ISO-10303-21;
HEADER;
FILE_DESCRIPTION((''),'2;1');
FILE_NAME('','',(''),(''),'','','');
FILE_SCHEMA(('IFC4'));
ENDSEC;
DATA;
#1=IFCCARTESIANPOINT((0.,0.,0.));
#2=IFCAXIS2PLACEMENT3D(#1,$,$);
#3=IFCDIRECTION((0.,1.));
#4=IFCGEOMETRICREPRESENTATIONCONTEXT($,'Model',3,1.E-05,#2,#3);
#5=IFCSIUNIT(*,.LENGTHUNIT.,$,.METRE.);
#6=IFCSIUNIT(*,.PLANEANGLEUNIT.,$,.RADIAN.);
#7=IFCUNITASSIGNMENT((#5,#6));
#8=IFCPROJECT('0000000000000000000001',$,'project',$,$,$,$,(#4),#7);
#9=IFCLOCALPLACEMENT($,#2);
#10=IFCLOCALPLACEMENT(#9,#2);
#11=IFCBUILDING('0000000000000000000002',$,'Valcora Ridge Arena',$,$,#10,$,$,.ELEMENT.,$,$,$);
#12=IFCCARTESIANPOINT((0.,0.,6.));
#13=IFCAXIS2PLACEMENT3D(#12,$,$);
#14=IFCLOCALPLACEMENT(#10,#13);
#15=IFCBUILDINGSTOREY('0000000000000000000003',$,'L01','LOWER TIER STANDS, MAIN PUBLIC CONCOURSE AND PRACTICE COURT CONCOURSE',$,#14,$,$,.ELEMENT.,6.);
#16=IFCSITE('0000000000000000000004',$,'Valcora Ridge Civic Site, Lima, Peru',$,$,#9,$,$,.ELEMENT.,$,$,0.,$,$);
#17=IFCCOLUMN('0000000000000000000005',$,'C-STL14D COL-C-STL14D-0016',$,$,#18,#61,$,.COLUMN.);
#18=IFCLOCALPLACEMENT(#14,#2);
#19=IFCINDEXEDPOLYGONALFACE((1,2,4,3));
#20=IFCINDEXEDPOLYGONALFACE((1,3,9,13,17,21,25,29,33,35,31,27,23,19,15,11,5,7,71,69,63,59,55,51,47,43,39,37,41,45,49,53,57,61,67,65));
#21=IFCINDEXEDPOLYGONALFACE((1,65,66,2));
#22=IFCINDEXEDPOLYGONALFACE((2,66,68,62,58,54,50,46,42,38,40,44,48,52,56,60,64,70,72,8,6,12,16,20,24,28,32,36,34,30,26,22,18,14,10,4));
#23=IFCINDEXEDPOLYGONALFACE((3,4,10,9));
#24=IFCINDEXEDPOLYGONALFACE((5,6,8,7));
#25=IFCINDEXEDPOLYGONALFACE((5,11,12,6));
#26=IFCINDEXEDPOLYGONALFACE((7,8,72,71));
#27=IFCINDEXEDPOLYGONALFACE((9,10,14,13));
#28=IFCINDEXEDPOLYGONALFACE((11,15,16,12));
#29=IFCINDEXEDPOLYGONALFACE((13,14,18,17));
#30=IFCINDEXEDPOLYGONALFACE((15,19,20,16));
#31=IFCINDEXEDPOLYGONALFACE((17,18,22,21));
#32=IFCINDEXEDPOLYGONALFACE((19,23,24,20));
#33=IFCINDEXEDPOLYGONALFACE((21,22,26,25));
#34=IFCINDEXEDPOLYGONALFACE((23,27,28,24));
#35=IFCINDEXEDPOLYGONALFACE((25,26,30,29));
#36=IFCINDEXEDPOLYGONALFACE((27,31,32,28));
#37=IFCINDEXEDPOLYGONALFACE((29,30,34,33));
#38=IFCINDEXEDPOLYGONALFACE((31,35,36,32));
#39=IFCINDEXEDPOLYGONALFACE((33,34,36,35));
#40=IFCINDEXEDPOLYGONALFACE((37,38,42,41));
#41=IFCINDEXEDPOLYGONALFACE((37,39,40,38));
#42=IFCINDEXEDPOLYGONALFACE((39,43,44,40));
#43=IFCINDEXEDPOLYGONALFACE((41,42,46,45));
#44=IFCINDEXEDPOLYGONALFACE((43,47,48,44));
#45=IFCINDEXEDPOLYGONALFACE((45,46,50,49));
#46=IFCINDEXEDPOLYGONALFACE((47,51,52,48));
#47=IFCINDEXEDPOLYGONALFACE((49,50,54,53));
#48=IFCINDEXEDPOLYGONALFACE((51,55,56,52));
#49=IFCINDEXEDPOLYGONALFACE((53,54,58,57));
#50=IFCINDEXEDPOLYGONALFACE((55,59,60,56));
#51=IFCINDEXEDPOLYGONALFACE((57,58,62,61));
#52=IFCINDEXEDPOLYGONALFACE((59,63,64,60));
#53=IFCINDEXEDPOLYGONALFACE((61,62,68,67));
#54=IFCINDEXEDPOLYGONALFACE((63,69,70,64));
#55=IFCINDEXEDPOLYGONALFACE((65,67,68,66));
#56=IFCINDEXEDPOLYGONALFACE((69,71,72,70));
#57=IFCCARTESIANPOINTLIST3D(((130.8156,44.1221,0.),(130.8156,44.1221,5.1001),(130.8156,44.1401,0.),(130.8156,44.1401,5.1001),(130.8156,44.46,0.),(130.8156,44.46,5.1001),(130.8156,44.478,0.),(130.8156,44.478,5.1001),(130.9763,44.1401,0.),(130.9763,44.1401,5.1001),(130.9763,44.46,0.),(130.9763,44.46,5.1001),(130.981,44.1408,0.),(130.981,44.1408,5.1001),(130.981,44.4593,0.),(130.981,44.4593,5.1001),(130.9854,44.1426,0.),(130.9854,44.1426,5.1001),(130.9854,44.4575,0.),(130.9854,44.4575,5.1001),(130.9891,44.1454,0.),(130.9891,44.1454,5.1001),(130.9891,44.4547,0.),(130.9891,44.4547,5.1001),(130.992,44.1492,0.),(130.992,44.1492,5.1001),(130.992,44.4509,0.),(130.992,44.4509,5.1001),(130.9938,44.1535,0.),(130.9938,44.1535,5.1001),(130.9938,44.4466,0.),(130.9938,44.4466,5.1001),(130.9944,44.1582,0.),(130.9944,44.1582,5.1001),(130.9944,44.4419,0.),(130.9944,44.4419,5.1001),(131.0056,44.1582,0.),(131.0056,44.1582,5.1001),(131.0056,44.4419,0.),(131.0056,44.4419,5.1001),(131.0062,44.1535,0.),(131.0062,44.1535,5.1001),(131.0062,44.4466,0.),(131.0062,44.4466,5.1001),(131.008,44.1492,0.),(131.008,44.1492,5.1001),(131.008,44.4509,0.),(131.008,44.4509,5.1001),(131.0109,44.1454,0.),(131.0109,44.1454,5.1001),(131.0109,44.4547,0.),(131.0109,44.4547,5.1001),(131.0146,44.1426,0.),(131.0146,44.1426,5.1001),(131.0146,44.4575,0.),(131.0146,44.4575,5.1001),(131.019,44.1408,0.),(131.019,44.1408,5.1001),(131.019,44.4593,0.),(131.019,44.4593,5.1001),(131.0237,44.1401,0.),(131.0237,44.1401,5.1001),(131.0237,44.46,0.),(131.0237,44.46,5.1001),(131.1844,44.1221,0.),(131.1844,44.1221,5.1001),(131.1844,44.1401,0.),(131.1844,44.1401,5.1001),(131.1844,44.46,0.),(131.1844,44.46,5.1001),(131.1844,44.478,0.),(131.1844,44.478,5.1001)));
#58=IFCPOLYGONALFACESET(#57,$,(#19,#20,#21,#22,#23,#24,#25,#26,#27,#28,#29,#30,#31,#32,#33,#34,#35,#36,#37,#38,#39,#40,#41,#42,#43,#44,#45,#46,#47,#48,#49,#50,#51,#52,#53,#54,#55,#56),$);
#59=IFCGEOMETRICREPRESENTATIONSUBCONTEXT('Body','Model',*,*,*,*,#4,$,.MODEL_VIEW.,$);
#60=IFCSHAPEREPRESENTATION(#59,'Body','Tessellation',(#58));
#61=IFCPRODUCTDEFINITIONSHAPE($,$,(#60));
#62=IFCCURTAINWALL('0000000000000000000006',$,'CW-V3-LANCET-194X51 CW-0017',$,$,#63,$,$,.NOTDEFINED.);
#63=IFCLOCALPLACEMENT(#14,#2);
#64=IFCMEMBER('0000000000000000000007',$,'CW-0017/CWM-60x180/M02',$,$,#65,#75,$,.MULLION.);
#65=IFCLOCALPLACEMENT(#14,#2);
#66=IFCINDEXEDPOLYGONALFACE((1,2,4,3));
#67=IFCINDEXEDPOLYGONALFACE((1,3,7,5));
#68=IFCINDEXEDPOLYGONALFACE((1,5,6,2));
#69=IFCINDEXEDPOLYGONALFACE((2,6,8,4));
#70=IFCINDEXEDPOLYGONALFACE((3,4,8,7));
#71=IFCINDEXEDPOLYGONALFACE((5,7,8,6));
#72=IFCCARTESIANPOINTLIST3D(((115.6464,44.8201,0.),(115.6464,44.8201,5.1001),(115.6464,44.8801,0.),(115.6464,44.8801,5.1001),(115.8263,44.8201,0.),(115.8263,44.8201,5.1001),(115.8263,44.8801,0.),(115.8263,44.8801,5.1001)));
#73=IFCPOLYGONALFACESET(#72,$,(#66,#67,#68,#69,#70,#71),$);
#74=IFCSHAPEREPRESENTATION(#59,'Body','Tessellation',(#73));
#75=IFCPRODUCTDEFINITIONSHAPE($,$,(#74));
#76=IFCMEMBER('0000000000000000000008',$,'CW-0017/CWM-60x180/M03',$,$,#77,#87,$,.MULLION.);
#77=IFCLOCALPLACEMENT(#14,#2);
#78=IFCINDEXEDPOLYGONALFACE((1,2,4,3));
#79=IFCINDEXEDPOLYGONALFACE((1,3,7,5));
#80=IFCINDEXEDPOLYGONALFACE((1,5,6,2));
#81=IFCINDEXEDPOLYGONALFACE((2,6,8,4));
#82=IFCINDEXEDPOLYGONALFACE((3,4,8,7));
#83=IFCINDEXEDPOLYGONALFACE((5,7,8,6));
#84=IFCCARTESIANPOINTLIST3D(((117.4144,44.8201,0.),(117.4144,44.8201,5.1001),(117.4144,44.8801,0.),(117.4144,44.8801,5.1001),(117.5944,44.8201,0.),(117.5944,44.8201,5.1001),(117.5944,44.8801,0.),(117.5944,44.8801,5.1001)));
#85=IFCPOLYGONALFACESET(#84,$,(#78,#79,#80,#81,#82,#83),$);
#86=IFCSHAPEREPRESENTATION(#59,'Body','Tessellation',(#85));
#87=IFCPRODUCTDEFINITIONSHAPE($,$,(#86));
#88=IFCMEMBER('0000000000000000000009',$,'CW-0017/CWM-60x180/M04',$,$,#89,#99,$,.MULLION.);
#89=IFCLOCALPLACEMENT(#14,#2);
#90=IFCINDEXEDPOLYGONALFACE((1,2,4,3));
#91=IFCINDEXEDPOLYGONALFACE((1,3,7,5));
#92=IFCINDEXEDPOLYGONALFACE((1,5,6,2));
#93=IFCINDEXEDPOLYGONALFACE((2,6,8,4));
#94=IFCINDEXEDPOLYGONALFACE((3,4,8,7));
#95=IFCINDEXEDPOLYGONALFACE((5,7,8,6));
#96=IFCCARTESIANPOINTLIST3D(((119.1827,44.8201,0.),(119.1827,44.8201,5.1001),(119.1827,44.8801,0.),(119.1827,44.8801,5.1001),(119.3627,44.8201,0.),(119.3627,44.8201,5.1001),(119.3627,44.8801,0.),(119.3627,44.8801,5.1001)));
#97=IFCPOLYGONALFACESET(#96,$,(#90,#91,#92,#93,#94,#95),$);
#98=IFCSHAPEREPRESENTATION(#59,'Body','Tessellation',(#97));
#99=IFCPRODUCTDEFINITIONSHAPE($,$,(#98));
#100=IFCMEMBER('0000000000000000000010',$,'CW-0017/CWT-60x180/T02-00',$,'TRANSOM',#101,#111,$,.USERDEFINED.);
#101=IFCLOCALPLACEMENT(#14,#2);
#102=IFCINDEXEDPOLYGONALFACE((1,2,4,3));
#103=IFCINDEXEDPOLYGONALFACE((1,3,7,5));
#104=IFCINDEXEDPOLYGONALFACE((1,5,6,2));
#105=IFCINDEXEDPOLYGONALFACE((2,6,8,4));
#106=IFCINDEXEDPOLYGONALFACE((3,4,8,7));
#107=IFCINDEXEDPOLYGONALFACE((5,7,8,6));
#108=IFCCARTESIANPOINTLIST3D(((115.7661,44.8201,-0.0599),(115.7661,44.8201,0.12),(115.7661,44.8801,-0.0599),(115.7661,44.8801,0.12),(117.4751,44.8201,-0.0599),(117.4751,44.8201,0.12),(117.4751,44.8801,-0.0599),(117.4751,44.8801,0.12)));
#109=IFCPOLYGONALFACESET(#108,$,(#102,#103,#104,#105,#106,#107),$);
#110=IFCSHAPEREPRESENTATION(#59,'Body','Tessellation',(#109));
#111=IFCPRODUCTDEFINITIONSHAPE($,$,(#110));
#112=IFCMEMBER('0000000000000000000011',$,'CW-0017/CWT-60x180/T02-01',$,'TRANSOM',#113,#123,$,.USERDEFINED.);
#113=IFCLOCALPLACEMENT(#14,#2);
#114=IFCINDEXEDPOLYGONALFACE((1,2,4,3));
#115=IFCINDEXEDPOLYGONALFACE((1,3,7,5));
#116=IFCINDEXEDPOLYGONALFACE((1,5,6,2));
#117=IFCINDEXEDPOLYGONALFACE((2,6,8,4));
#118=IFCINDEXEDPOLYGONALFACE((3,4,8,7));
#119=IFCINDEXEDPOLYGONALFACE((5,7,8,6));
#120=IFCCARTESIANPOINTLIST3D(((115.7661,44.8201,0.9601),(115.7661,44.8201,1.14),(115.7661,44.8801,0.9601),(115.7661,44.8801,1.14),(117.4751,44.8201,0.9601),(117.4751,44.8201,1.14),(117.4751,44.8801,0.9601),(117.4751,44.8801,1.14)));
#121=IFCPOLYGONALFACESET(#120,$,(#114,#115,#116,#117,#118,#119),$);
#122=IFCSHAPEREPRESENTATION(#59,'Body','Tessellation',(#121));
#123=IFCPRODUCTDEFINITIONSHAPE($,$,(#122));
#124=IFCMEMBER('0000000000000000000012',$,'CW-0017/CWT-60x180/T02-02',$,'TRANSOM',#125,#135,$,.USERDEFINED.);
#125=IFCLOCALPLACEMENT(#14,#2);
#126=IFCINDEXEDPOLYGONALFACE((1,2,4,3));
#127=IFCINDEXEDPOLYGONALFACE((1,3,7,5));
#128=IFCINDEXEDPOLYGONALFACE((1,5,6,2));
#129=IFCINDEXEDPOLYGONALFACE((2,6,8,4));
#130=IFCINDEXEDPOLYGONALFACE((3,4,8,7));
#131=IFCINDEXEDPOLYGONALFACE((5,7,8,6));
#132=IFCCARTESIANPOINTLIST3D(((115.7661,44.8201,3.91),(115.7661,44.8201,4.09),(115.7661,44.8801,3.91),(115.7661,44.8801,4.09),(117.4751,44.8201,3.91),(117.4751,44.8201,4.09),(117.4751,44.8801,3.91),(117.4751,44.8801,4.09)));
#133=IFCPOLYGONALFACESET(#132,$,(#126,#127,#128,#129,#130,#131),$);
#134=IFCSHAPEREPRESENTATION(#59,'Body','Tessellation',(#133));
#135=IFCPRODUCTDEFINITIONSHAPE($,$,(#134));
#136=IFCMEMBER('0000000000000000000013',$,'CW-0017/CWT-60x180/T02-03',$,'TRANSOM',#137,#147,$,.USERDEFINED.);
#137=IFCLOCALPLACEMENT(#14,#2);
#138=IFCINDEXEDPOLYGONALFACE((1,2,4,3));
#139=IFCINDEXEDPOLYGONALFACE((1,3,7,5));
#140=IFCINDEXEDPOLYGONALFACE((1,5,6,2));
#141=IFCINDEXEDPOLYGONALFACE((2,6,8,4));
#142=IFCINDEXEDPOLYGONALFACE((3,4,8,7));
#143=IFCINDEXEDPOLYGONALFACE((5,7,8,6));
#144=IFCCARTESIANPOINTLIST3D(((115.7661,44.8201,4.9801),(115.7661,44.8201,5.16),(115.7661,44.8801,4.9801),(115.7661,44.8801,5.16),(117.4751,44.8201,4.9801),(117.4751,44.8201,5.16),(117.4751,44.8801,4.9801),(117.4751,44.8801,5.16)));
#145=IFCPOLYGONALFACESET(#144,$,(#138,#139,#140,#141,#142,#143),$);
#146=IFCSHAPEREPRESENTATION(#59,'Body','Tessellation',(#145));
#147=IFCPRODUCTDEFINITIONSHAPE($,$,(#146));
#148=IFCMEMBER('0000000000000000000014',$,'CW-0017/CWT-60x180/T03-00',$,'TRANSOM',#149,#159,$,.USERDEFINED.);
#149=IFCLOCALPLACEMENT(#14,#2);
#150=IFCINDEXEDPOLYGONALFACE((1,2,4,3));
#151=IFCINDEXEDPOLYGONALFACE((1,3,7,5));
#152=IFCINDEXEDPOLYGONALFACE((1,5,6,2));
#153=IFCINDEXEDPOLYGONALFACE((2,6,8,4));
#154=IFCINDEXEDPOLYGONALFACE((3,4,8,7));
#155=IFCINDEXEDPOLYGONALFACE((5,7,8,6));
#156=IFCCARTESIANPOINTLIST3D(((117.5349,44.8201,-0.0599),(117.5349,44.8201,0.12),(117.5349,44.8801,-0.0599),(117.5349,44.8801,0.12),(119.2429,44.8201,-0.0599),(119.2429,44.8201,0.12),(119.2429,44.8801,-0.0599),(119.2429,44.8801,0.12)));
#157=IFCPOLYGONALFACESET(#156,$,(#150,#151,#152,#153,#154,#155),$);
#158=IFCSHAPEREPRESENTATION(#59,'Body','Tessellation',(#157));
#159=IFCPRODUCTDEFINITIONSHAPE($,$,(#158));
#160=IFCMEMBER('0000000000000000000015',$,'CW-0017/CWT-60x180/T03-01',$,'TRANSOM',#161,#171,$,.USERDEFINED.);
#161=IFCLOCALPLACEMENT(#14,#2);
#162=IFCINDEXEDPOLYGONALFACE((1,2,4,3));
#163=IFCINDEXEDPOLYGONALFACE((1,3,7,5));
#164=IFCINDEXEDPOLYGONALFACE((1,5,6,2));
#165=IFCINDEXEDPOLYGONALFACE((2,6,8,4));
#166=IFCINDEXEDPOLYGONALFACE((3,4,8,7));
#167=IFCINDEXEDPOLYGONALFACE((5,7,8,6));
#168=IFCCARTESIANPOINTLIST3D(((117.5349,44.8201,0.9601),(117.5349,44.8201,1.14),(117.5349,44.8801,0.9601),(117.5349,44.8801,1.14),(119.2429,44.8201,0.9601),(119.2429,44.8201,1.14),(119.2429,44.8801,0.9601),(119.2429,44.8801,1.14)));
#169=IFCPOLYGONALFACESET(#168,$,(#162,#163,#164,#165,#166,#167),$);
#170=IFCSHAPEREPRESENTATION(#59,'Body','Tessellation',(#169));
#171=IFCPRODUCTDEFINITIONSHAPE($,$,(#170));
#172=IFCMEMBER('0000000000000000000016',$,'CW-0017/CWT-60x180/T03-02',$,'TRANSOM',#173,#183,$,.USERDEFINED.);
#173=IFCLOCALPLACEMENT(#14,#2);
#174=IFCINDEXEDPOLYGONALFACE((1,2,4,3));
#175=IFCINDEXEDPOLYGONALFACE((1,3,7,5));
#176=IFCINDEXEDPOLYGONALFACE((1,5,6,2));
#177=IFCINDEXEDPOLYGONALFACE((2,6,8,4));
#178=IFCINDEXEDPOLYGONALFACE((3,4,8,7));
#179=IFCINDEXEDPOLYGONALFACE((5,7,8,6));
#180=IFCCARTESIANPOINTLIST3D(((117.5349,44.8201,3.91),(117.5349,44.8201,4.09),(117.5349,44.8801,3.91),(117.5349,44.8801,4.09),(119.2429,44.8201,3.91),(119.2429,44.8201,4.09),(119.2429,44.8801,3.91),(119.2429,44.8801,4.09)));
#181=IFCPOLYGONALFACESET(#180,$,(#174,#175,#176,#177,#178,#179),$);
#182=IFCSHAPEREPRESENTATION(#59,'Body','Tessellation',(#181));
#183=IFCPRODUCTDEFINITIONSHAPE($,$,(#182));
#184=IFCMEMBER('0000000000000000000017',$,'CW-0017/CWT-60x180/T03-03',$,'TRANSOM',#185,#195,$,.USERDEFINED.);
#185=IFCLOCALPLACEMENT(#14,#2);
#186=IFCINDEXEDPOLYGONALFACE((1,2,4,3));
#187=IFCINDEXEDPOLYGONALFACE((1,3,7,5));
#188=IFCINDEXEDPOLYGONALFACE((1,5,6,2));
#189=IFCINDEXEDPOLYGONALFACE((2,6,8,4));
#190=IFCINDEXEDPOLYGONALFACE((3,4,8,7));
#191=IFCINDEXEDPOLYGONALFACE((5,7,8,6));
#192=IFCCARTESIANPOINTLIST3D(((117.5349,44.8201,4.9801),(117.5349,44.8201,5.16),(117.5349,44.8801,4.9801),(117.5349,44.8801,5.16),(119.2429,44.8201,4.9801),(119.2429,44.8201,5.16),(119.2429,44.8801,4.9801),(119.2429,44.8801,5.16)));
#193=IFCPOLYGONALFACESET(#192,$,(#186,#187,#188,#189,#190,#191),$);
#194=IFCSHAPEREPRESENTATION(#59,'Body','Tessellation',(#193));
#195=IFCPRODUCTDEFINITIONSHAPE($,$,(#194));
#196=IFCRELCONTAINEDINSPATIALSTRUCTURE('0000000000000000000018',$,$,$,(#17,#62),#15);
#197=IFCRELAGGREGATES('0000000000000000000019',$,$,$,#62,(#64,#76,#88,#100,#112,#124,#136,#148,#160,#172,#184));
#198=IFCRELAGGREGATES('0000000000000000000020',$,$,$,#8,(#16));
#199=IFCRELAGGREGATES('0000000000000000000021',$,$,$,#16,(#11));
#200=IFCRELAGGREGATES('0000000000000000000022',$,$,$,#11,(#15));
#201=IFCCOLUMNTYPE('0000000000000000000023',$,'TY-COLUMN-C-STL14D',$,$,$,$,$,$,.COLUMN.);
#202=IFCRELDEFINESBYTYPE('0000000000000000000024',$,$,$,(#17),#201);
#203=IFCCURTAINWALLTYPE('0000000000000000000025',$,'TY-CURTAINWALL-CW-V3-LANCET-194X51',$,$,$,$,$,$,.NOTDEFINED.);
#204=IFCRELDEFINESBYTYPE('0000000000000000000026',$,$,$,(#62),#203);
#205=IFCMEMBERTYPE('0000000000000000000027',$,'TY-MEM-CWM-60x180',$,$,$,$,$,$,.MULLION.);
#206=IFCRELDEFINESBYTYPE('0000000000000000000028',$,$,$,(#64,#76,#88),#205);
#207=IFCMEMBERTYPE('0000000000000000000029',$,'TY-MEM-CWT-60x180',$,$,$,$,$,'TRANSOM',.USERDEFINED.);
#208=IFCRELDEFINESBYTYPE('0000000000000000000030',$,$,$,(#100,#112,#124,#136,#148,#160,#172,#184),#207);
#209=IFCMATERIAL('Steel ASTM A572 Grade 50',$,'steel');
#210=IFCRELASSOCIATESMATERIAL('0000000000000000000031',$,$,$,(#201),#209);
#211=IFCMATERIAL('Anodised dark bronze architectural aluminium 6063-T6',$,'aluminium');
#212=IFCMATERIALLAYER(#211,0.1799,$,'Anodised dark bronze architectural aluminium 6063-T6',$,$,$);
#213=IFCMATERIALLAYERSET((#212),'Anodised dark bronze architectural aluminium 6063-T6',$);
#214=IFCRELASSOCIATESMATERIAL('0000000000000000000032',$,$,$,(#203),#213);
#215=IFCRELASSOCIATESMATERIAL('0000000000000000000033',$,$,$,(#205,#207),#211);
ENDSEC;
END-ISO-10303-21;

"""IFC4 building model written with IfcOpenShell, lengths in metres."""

from ifc_helpers import new_model, si_unit, direction, frame, origin, origin_2d, place, context, subcontext, project, spatial, rectangle, i_section, extrude, material, layer, layer_set, material_profile, profile_set, type_object, element, aggregate, save


model = new_model("IFC4")

# Units and contexts
model_context = context("Model", 3, precision=1e-05, world=origin(), true_north=direction((0.0, 1.0)))
body_context = subcontext(model_context, "Body", "Model", "MODEL_VIEW")
ifc_project = project(units=[si_unit("LENGTHUNIT", "METRE"), si_unit("PLANEANGLEUNIT", "RADIAN")], contexts=[model_context])

# Site, building, storey
site_placement = place(None, origin())
site = spatial("IfcSite", under=ifc_project, at=site_placement, Name="Valcora Ridge Civic Site, Lima, Peru", CompositionType="ELEMENT", RefElevation=0.0)
building_placement = place(site_placement, origin())
building = spatial("IfcBuilding", under=site, at=building_placement, Name="Valcora Ridge Arena", CompositionType="ELEMENT")
storey_placement = place(building_placement, frame((0.0, 0.0, 6.0)))
storey = spatial("IfcBuildingStorey", under=building, at=storey_placement, Name="L01", Description="LOWER TIER STANDS, MAIN PUBLIC CONCOURSE AND PRACTICE COURT CONCOURSE", CompositionType="ELEMENT", Elevation=6.0)

# Column
ifc_material_1 = material(Name="Steel ASTM A572 Grade 50", Category="steel")
ifc_material_profile_1 = material_profile(ifc_material_1, i_section(OverallWidth=0.3689, OverallDepth=0.356, WebThickness=0.0112, FlangeThickness=0.0181, FilletRadius=0.0181, at=origin_2d()), Name="W14X90")
ifc_profile_set_1 = profile_set([ifc_material_profile_1], Name="Steel ASTM A572 Grade 50")
column_type = type_object("IfcColumnType", Name="TY-COLUMN-C-STL14D", PredefinedType="COLUMN", material=ifc_profile_set_1)
column_placement = place(storey_placement, frame((131.0, 44.3, 0.0), z_axis=(0.0, 0.0, 1.0), x_axis=(1.0, 0.0, 0.0)))
element("IfcColumn", 1, at=column_placement, inside=storey, type_object=column_type, Name="C-STL14D COL-C-STL14D-0016", PredefinedType="COLUMN", context=body_context, shape_type="SweptSolid", body=[
    extrude(i_section(OverallWidth=0.3689, OverallDepth=0.356, WebThickness=0.0112, FlangeThickness=0.0181, FilletRadius=0.0181, at=origin_2d()), origin(), (0.0, 0.0, 1.0), 5.1001),
])

# Curtain wall, members
ifc_material_2 = material(Name="Anodised dark bronze architectural aluminium 6063-T6", Category="aluminium")
ifc_layer_1 = layer(ifc_material_2, 0.1799, Name="Anodised dark bronze architectural aluminium 6063-T6")
ifc_layer_set_1 = layer_set([ifc_layer_1], Name="Anodised dark bronze architectural aluminium 6063-T6")
curtain_wall_type = type_object("IfcCurtainWallType", Name="TY-CURTAINWALL-CW-V3-LANCET-194X51", PredefinedType="NOTDEFINED", material=ifc_layer_set_1)
curtain_wall_placement = place(storey_placement, origin())
curtain_wall = element("IfcCurtainWall", 2, at=curtain_wall_placement, inside=storey, type_object=curtain_wall_type, Name="CW-V3-LANCET-194X51 CW-0017", PredefinedType="NOTDEFINED")
ifc_material_profile_2 = material_profile(ifc_material_2, rectangle(XDim=0.0601, YDim=0.1799, at=origin_2d()), Name="ALU MULLION 60x180")
ifc_profile_set_2 = profile_set([ifc_material_profile_2], Name="Anodised dark bronze architectural aluminium 6063-T6")
member_type_1 = type_object("IfcMemberType", Name="TY-MEM-CWM-60x180", PredefinedType="MULLION", material=ifc_profile_set_2)
member_1_placement = place(storey_placement, frame((115.7363, 44.8501, 0.0), z_axis=(0.0, 0.0, 1.0), x_axis=(0.0, 1.0, 0.0)))
member_1 = element("IfcMember", 3, at=member_1_placement, type_object=member_type_1, Name="CW-0017/CWM-60x180/M02", PredefinedType="MULLION", context=body_context, shape_type="SweptSolid", body=[
    extrude(rectangle(XDim=0.0601, YDim=0.1799, at=origin_2d()), origin(), (0.0, 0.0, 1.0), 5.1001),
])
member_2_placement = place(storey_placement, frame((117.5044, 44.8501, 0.0), z_axis=(0.0, 0.0, 1.0), x_axis=(0.0, 1.0, 0.0)))
member_2 = element("IfcMember", 4, at=member_2_placement, type_object=member_type_1, Name="CW-0017/CWM-60x180/M03", PredefinedType="MULLION", context=body_context, shape_type="SweptSolid", body=[
    extrude(rectangle(XDim=0.0601, YDim=0.1799, at=origin_2d()), origin(), (0.0, 0.0, 1.0), 5.1001),
])
member_3_placement = place(storey_placement, frame((119.2727, 44.8501, 0.0), z_axis=(0.0, 0.0, 1.0), x_axis=(0.0, 1.0, 0.0)))
member_3 = element("IfcMember", 5, at=member_3_placement, type_object=member_type_1, Name="CW-0017/CWM-60x180/M04", PredefinedType="MULLION", context=body_context, shape_type="SweptSolid", body=[
    extrude(rectangle(XDim=0.0601, YDim=0.1799, at=origin_2d()), origin(), (0.0, 0.0, 1.0), 5.1001),
])
ifc_material_profile_3 = material_profile(ifc_material_2, rectangle(XDim=0.0601, YDim=0.1799, at=origin_2d()), Name="ALU TRANSOM 60x180")
ifc_profile_set_3 = profile_set([ifc_material_profile_3], Name="Anodised dark bronze architectural aluminium 6063-T6")
member_type_2 = type_object("IfcMemberType", Name="TY-MEM-CWT-60x180", ElementType="TRANSOM", PredefinedType="USERDEFINED", material=ifc_profile_set_3)
member_4_placement = place(storey_placement, frame((115.7661, 44.8501, 0.03), z_axis=(1.0, 0.0, 0.0), x_axis=(0.0, 1.0, 0.0)))
member_4 = element("IfcMember", 6, at=member_4_placement, type_object=member_type_2, Name="CW-0017/CWT-60x180/T02-00", ObjectType="TRANSOM", PredefinedType="USERDEFINED", context=body_context, shape_type="SweptSolid", body=[
    extrude(rectangle(XDim=0.0601, YDim=0.1799, at=origin_2d()), origin(), (0.0, 0.0, 1.0), 1.709),
])
member_5_placement = place(storey_placement, frame((115.7661, 44.8501, 1.05), z_axis=(1.0, 0.0, 0.0), x_axis=(0.0, 1.0, 0.0)))
member_5 = element("IfcMember", 7, at=member_5_placement, type_object=member_type_2, Name="CW-0017/CWT-60x180/T02-01", ObjectType="TRANSOM", PredefinedType="USERDEFINED", context=body_context, shape_type="SweptSolid", body=[
    extrude(rectangle(XDim=0.0601, YDim=0.1799, at=origin_2d()), origin(), (0.0, 0.0, 1.0), 1.709),
])
member_6_placement = place(storey_placement, frame((115.7661, 44.8501, 4.0), z_axis=(1.0, 0.0, 0.0), x_axis=(0.0, 1.0, 0.0)))
member_6 = element("IfcMember", 8, at=member_6_placement, type_object=member_type_2, Name="CW-0017/CWT-60x180/T02-02", ObjectType="TRANSOM", PredefinedType="USERDEFINED", context=body_context, shape_type="SweptSolid", body=[
    extrude(rectangle(XDim=0.0601, YDim=0.1799, at=origin_2d()), origin(), (0.0, 0.0, 1.0), 1.709),
])
member_7_placement = place(storey_placement, frame((115.7661, 44.8501, 5.0701), z_axis=(1.0, 0.0, 0.0), x_axis=(0.0, 1.0, 0.0)))
member_7 = element("IfcMember", 9, at=member_7_placement, type_object=member_type_2, Name="CW-0017/CWT-60x180/T02-03", ObjectType="TRANSOM", PredefinedType="USERDEFINED", context=body_context, shape_type="SweptSolid", body=[
    extrude(rectangle(XDim=0.0601, YDim=0.1799, at=origin_2d()), origin(), (0.0, 0.0, 1.0), 1.709),
])
member_8_placement = place(storey_placement, frame((117.5349, 44.8501, 0.03), z_axis=(1.0, 0.0, 0.0), x_axis=(0.0, 1.0, 0.0)))
member_8 = element("IfcMember", 10, at=member_8_placement, type_object=member_type_2, Name="CW-0017/CWT-60x180/T03-00", ObjectType="TRANSOM", PredefinedType="USERDEFINED", context=body_context, shape_type="SweptSolid", body=[
    extrude(rectangle(XDim=0.0601, YDim=0.1799, at=origin_2d()), origin(), (0.0, 0.0, 1.0), 1.708),
])
member_9_placement = place(storey_placement, frame((117.5349, 44.8501, 1.05), z_axis=(1.0, 0.0, 0.0), x_axis=(0.0, 1.0, 0.0)))
member_9 = element("IfcMember", 11, at=member_9_placement, type_object=member_type_2, Name="CW-0017/CWT-60x180/T03-01", ObjectType="TRANSOM", PredefinedType="USERDEFINED", context=body_context, shape_type="SweptSolid", body=[
    extrude(rectangle(XDim=0.0601, YDim=0.1799, at=origin_2d()), origin(), (0.0, 0.0, 1.0), 1.708),
])
member_10_placement = place(storey_placement, frame((117.5349, 44.8501, 4.0), z_axis=(1.0, 0.0, 0.0), x_axis=(0.0, 1.0, 0.0)))
member_10 = element("IfcMember", 12, at=member_10_placement, type_object=member_type_2, Name="CW-0017/CWT-60x180/T03-02", ObjectType="TRANSOM", PredefinedType="USERDEFINED", context=body_context, shape_type="SweptSolid", body=[
    extrude(rectangle(XDim=0.0601, YDim=0.1799, at=origin_2d()), origin(), (0.0, 0.0, 1.0), 1.708),
])
member_11_placement = place(storey_placement, frame((117.5349, 44.8501, 5.0701), z_axis=(1.0, 0.0, 0.0), x_axis=(0.0, 1.0, 0.0)))
member_11 = element("IfcMember", 13, at=member_11_placement, type_object=member_type_2, Name="CW-0017/CWT-60x180/T03-03", ObjectType="TRANSOM", PredefinedType="USERDEFINED", context=body_context, shape_type="SweptSolid", body=[
    extrude(rectangle(XDim=0.0601, YDim=0.1799, at=origin_2d()), origin(), (0.0, 0.0, 1.0), 1.708),
])
aggregate(curtain_wall, [member_1, member_2, member_3, member_4, member_5, member_6, member_7, member_8, member_9, member_10, member_11])

save(model, "model.ifc")
